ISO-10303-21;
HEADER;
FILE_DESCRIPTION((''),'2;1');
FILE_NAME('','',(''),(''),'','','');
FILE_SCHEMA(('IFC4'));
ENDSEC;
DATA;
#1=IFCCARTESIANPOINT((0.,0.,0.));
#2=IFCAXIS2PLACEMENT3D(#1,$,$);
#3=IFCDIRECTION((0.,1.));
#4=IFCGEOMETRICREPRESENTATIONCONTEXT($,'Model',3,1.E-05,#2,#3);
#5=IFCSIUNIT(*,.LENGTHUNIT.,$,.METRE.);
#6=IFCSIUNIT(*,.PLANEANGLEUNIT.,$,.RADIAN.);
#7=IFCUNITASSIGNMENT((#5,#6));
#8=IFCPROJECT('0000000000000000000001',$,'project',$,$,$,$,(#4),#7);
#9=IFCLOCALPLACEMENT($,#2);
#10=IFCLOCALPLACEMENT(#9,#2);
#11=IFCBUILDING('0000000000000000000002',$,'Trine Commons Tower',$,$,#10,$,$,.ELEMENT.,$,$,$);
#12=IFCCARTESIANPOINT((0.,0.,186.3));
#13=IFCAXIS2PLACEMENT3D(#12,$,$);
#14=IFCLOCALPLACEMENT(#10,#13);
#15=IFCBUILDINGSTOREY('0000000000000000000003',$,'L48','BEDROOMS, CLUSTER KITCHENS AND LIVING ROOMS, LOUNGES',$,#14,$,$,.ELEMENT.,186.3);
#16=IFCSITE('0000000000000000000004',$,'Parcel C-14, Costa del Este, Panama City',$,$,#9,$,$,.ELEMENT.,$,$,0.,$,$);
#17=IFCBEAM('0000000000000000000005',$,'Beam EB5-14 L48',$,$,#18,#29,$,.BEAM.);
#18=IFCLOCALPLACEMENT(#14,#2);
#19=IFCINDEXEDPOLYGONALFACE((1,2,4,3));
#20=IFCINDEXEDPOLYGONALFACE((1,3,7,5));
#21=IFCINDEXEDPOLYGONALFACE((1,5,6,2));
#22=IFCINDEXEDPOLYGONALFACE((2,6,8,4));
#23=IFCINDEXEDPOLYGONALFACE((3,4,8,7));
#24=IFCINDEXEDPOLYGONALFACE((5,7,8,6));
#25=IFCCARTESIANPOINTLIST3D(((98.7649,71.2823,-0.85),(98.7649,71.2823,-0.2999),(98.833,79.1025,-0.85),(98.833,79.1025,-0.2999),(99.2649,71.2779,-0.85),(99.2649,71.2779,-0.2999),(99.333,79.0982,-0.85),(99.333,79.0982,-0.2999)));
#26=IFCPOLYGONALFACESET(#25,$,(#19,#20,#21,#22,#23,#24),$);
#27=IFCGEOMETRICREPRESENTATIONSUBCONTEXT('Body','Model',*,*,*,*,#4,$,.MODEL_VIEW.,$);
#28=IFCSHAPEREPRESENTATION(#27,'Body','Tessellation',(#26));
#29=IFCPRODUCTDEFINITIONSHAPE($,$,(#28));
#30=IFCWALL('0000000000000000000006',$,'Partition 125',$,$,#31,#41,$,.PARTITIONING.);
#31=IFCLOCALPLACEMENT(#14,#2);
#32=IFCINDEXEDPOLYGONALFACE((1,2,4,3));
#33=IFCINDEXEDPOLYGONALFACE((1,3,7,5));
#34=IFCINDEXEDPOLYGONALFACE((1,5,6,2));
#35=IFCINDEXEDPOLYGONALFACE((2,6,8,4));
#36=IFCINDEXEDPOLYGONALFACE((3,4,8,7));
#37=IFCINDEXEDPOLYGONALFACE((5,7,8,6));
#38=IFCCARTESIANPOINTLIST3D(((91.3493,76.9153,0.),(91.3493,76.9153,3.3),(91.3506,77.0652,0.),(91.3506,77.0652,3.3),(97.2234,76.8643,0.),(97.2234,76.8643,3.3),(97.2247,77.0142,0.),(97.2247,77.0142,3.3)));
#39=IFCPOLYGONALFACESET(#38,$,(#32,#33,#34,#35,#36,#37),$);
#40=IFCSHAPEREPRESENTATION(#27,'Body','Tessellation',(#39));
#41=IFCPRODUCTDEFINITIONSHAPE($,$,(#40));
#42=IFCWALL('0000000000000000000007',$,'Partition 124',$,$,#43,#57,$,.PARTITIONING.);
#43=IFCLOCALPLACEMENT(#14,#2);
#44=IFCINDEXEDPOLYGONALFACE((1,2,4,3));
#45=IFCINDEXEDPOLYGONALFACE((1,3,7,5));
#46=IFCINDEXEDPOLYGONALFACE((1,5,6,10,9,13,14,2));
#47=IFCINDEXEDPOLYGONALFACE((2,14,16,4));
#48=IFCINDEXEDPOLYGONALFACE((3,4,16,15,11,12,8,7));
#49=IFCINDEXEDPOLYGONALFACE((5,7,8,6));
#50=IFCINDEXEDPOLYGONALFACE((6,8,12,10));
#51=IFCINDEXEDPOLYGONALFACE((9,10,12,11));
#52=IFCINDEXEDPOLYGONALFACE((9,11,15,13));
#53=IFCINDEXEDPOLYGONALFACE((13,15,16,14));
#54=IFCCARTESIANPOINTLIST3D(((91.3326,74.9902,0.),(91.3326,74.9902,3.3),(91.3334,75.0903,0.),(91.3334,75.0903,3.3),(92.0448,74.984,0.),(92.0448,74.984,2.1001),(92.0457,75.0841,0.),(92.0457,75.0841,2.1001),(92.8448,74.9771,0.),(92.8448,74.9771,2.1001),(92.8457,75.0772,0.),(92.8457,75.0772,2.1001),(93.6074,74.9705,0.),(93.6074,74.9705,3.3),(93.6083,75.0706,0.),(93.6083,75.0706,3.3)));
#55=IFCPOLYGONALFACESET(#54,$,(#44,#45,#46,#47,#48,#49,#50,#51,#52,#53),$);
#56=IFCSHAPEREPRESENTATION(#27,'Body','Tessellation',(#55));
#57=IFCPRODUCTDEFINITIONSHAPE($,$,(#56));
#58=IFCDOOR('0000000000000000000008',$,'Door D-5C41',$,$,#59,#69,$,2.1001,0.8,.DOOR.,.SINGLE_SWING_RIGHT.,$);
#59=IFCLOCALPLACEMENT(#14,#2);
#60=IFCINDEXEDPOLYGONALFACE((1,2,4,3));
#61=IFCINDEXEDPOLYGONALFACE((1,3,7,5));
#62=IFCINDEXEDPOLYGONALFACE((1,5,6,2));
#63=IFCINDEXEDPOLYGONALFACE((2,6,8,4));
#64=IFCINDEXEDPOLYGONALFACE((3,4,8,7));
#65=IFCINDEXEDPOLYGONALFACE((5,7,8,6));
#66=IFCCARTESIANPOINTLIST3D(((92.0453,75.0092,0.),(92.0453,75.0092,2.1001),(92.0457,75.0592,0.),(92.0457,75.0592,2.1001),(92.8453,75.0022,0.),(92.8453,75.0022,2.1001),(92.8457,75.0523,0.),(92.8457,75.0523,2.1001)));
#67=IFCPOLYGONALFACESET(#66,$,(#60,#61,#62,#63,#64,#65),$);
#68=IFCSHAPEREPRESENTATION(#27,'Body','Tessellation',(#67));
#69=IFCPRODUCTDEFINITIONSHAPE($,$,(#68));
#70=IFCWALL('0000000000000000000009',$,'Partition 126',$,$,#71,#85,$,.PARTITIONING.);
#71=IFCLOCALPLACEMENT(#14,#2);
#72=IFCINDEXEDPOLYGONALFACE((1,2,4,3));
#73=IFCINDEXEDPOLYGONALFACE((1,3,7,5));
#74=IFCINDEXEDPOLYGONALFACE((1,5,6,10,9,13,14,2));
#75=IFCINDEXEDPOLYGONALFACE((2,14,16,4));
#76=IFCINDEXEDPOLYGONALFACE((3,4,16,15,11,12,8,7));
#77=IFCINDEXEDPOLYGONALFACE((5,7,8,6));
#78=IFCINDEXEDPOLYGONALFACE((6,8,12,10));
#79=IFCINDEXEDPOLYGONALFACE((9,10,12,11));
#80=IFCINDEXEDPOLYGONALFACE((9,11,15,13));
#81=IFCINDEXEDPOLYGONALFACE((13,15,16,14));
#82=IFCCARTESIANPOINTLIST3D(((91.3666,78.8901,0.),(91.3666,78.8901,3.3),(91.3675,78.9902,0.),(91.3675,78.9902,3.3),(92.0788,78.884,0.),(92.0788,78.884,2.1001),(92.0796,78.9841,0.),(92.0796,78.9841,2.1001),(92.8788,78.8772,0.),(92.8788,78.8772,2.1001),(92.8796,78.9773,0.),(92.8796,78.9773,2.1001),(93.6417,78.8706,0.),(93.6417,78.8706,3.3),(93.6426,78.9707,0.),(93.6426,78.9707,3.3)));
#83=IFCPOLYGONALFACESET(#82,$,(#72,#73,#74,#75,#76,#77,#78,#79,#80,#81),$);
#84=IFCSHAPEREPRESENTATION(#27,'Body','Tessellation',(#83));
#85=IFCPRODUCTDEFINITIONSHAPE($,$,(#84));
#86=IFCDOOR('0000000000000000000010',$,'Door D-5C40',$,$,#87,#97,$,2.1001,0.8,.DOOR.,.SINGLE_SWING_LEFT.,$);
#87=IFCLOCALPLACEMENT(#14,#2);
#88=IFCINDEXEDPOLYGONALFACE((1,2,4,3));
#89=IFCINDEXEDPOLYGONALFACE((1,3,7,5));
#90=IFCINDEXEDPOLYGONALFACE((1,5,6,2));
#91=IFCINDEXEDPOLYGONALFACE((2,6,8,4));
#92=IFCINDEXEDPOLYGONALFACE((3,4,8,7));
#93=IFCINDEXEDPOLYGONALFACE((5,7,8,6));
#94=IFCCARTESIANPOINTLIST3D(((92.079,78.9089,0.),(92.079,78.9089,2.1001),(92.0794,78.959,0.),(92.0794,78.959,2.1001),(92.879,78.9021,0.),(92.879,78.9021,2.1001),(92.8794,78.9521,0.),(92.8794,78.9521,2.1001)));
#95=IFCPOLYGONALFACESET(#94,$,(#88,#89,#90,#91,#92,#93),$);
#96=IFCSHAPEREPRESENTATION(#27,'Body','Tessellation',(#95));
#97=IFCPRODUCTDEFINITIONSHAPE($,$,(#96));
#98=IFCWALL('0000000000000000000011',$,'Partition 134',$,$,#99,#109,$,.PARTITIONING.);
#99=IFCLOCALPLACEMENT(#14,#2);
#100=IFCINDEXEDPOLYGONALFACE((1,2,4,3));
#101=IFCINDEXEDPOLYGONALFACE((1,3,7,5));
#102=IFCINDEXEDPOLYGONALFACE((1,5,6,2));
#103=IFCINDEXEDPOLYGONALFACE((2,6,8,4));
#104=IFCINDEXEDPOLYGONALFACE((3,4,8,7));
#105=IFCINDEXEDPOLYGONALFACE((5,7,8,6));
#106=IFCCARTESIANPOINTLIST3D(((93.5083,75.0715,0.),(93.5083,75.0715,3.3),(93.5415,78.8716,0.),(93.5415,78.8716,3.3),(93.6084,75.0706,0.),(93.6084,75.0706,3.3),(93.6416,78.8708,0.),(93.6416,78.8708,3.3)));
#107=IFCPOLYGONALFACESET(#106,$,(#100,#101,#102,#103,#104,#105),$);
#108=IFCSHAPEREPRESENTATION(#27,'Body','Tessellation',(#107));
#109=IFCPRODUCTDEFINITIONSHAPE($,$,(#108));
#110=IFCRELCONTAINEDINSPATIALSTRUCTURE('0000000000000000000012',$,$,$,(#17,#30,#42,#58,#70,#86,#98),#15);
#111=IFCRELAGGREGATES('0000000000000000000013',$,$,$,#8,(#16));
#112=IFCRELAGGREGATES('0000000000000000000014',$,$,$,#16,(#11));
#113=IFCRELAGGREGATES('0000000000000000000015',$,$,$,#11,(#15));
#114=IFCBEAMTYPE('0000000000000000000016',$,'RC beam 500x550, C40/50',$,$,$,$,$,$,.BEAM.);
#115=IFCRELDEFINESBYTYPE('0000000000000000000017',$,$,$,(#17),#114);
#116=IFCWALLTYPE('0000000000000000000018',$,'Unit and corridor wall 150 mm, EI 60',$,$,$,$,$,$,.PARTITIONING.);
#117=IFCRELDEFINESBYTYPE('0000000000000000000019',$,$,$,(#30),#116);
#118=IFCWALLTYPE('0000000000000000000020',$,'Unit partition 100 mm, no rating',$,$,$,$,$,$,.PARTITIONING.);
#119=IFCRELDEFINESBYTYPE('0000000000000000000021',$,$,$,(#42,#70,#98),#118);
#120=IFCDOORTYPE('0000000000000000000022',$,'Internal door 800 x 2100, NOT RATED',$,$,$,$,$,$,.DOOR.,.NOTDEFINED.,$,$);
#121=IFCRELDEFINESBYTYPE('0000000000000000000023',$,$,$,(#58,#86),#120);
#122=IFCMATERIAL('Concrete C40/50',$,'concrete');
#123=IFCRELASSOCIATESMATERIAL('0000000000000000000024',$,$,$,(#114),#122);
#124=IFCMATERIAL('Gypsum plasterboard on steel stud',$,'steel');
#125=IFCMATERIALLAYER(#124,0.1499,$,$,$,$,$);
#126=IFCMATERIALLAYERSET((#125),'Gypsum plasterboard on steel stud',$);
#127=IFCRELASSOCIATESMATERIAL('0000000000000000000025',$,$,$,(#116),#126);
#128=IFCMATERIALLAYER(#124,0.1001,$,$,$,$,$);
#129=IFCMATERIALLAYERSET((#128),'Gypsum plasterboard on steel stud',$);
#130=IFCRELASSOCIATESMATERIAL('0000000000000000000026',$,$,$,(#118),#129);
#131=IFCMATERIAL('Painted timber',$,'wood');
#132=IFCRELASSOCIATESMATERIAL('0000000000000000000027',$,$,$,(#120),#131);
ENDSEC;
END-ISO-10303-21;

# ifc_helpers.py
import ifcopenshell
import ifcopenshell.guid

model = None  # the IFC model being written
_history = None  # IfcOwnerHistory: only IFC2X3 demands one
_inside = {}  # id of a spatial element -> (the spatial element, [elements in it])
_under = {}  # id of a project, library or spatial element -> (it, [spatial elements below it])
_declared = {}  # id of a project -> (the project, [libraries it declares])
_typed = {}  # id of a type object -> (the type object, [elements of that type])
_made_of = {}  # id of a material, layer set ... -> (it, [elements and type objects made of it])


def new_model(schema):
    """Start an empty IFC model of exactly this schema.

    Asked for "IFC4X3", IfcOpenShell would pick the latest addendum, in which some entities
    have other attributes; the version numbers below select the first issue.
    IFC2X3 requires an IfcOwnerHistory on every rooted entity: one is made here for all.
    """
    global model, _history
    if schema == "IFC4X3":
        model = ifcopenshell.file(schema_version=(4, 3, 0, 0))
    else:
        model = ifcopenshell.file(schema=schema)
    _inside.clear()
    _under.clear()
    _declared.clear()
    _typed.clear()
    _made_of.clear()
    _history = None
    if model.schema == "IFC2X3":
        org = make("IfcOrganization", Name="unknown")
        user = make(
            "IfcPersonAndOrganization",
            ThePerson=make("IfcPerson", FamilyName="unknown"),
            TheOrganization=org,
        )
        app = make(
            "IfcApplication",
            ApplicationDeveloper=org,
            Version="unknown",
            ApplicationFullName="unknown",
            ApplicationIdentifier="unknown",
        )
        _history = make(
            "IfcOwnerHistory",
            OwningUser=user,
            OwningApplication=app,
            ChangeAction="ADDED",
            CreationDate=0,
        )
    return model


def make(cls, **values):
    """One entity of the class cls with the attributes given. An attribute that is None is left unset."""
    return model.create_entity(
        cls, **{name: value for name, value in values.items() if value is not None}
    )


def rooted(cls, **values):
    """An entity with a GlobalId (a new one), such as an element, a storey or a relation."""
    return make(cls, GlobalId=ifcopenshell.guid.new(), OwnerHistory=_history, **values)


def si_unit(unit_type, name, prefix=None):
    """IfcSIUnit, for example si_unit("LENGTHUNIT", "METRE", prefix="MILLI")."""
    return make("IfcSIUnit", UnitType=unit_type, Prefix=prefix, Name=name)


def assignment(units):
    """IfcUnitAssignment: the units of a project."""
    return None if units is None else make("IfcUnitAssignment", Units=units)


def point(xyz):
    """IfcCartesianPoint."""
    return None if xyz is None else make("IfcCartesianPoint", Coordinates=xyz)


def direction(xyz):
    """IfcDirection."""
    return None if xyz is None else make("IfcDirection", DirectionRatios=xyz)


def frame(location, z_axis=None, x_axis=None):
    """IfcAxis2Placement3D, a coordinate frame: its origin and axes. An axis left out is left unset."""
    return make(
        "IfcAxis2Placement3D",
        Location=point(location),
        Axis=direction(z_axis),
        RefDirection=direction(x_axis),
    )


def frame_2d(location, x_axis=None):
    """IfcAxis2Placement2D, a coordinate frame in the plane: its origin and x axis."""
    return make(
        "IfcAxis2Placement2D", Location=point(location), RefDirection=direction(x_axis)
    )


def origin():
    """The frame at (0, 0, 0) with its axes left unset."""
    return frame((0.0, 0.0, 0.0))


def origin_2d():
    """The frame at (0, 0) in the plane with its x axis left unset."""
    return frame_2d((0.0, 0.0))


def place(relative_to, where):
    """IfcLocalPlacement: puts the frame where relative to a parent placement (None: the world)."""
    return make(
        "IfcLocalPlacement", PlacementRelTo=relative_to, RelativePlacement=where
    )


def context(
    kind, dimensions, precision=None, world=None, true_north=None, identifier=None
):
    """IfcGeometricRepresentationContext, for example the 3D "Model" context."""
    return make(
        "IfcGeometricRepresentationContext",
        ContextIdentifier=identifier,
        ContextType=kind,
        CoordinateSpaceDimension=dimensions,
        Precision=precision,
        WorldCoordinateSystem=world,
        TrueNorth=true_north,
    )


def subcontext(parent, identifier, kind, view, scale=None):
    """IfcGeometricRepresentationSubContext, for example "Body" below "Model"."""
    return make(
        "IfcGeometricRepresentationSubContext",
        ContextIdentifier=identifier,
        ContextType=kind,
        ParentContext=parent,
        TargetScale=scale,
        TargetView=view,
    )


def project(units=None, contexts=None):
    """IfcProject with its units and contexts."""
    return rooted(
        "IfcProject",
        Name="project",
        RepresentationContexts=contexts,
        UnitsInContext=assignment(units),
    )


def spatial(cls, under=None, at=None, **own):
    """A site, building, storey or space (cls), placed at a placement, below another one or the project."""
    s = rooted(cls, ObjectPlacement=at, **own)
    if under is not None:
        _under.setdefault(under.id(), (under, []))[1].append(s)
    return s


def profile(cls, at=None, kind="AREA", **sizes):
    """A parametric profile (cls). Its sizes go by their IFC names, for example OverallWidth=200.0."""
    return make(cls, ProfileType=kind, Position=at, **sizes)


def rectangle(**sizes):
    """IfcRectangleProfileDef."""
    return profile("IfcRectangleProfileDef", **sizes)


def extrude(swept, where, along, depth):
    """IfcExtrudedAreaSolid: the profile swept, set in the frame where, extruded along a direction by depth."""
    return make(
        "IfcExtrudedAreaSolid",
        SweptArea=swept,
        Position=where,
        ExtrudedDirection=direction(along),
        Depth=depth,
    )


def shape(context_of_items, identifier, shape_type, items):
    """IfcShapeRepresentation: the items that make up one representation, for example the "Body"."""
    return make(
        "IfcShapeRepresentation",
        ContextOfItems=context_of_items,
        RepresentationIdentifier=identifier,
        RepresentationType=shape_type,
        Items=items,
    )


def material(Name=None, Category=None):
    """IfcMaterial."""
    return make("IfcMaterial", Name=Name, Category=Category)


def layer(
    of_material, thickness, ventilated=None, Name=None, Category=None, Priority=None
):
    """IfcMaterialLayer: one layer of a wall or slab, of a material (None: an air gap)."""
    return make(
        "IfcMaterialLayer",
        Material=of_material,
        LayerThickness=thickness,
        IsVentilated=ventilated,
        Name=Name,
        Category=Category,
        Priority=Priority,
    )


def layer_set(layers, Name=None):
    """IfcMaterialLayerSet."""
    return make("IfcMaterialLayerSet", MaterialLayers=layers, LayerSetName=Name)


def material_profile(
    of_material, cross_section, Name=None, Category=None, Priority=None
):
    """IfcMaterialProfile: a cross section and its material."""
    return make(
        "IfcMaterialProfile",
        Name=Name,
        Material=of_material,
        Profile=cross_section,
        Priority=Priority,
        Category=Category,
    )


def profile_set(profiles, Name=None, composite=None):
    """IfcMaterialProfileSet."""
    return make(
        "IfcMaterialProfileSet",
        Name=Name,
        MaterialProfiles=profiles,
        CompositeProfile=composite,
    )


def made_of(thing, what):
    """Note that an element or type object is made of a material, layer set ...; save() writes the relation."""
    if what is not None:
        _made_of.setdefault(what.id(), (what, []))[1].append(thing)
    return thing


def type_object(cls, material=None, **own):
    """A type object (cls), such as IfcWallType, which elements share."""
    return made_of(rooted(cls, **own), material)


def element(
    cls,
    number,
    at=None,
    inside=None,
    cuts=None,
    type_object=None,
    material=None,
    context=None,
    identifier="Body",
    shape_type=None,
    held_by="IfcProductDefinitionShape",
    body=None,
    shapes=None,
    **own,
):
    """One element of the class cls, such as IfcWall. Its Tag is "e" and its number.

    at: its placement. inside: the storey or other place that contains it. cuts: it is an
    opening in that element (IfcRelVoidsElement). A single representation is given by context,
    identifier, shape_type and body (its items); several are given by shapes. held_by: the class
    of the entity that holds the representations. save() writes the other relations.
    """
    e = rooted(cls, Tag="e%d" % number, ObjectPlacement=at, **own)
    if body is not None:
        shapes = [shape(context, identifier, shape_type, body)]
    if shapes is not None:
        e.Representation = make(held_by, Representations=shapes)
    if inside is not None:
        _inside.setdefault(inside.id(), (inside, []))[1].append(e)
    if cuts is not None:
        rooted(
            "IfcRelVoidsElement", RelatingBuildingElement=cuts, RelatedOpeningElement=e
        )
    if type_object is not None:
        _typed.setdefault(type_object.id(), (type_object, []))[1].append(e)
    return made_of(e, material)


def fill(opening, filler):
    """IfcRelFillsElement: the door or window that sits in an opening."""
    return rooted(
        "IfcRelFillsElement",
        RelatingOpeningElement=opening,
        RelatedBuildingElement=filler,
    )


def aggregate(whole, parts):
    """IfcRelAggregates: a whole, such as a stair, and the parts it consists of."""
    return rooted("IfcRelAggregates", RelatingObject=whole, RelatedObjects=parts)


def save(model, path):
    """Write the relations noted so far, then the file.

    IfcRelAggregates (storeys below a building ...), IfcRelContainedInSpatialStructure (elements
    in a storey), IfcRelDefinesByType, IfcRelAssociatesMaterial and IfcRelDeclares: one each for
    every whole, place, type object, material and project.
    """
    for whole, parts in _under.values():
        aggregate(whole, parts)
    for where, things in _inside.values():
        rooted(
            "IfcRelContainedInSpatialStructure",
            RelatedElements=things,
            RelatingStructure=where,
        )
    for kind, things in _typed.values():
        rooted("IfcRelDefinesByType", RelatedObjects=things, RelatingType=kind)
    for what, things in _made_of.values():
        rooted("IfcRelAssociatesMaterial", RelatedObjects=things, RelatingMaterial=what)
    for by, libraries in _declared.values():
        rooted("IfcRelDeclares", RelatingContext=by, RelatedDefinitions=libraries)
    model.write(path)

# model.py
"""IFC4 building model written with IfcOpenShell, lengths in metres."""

from ifc_helpers import new_model, si_unit, direction, frame, frame_2d, origin, origin_2d, place, context, subcontext, project, spatial, rectangle, extrude, material, layer, layer_set, material_profile, profile_set, type_object, element, fill, save


model = new_model("IFC4")

# Units and contexts
model_context = context("Model", 3, precision=1e-05, world=origin(), true_north=direction((0.0, 1.0)))
body_context = subcontext(model_context, "Body", "Model", "MODEL_VIEW")
ifc_project = project(units=[si_unit("LENGTHUNIT", "METRE"), si_unit("PLANEANGLEUNIT", "RADIAN")], contexts=[model_context])

# Site, building, storey
site_placement = place(None, origin())
site = spatial("IfcSite", under=ifc_project, at=site_placement, Name="Parcel C-14, Costa del Este, Panama City", CompositionType="ELEMENT", RefElevation=0.0)
building_placement = place(site_placement, origin())
building = spatial("IfcBuilding", under=site, at=building_placement, Name="Trine Commons Tower", CompositionType="ELEMENT")
storey_placement = place(building_placement, frame((0.0, 0.0, 186.3)))
storey = spatial("IfcBuildingStorey", under=building, at=storey_placement, Name="L48", Description="BEDROOMS, CLUSTER KITCHENS AND LIVING ROOMS, LOUNGES", CompositionType="ELEMENT", Elevation=186.3)

# Beam
ifc_material_1 = material(Name="Concrete C40/50", Category="concrete")
ifc_material_profile = material_profile(ifc_material_1, rectangle(XDim=0.5, YDim=0.55, at=origin_2d()), Name="RC 500x550")
ifc_profile_set = profile_set([ifc_material_profile], Name="Concrete C40/50")
beam_type = type_object("IfcBeamType", Name="RC beam 500x550, C40/50", PredefinedType="BEAM", material=ifc_profile_set)
beam_placement = place(storey_placement, frame((99.083, 79.1003, -0.575), z_axis=(-0.00871, -0.999962, 0.0), x_axis=(0.999962, -0.00871, 0.0)))
element("IfcBeam", 1, at=beam_placement, inside=storey, type_object=beam_type, Name="Beam EB5-14 L48", PredefinedType="BEAM", context=body_context, shape_type="SweptSolid", body=[
    extrude(rectangle(XDim=0.5, YDim=0.55, at=origin_2d()), origin(), (0.0, 0.0, 1.0), 7.8206),
])

# Wall
ifc_material_2 = material(Name="Gypsum plasterboard on steel stud", Category="steel")
ifc_layer_1 = layer(ifc_material_2, 0.1499)
ifc_layer_set_1 = layer_set([ifc_layer_1], Name="Gypsum plasterboard on steel stud")
wall_type_1 = type_object("IfcWallType", Name="Unit and corridor wall 150 mm, EI 60", PredefinedType="PARTITIONING", material=ifc_layer_set_1)
wall_1_placement = place(storey_placement, frame((91.3501, 76.9902, 0.0), z_axis=(0.0, 0.0, 1.0), x_axis=(0.999962, -0.008686, 0.0)))
element("IfcWall", 2, at=wall_1_placement, inside=storey, type_object=wall_type_1, Name="Partition 125", PredefinedType="PARTITIONING", context=body_context, shape_type="SweptSolid", body=[
    extrude(rectangle(XDim=5.8743, YDim=0.1499, at=frame_2d((2.937, 0.0))), origin(), (0.0, 0.0, 1.0), 3.3),
])

# Walls, openings, doors
ifc_layer_2 = layer(ifc_material_2, 0.1001)
ifc_layer_set_2 = layer_set([ifc_layer_2], Name="Gypsum plasterboard on steel stud")
wall_type_2 = type_object("IfcWallType", Name="Unit partition 100 mm, no rating", PredefinedType="PARTITIONING", material=ifc_layer_set_2)
wall_2_placement = place(storey_placement, frame((91.333, 75.0403, 0.0), z_axis=(0.0, 0.0, 1.0), x_axis=(0.999962, -0.008693, 0.0)))
wall_2 = element("IfcWall", 3, at=wall_2_placement, inside=storey, type_object=wall_type_2, Name="Partition 124", PredefinedType="PARTITIONING", context=body_context, shape_type="SweptSolid", body=[
    extrude(rectangle(XDim=2.2749, YDim=0.1001, at=frame_2d((1.1375, 0.0))), origin(), (0.0, 0.0, 1.0), 3.3),
])
opening_1_placement = place(wall_2_placement, frame((0.7124, 0.0, 0.0)))
opening_1 = element("IfcOpeningElement", 4, at=opening_1_placement, cuts=wall_2, PredefinedType="OPENING", context=body_context, shape_type="SweptSolid", body=[
    extrude(rectangle(XDim=0.8, YDim=2.1001, at=frame_2d((0.3999, 1.05))), frame((0.0, 0.0601, 0.0), z_axis=(0.0, -1.0, 0.0), x_axis=(1.0, 0.0, 0.0)), (0.0, 0.0, 1.0), 0.1201),
])
ifc_material_3 = material(Name="Painted timber", Category="wood")
door_type = type_object("IfcDoorType", Name="Internal door 800 x 2100, NOT RATED", OperationType="NOTDEFINED", PredefinedType="DOOR", material=ifc_material_3)
door_1_placement = place(opening_1_placement, frame((0.8, 0.0, 0.0), z_axis=(0.0, 0.0, 1.0), x_axis=(-1.0, 0.0, 0.0)))
door_1 = element("IfcDoor", 5, at=door_1_placement, inside=storey, type_object=door_type, Name="Door D-5C41", OperationType="SINGLE_SWING_RIGHT", OverallHeight=2.1001, OverallWidth=0.8, PredefinedType="DOOR", context=body_context, shape_type="SweptSolid", body=[
    extrude(rectangle(XDim=0.8, YDim=2.1001, at=frame_2d((0.3999, 1.05))), frame((0.0, 0.0249, 0.0), z_axis=(0.0, -1.0, 0.0), x_axis=(1.0, 0.0, 0.0)), (0.0, 0.0, 1.0), 0.05),
])
fill(opening_1, door_1)
wall_3_placement = place(storey_placement, frame((91.3669, 78.9402, 0.0), z_axis=(0.0, 0.0, 1.0), x_axis=(0.999963, -0.008584, 0.0)))
wall_3 = element("IfcWall", 6, at=wall_3_placement, inside=storey, type_object=wall_type_2, Name="Partition 126", PredefinedType="PARTITIONING", context=body_context, shape_type="SweptSolid", body=[
    extrude(rectangle(XDim=2.2751, YDim=0.1001, at=frame_2d((1.1377, 0.0))), origin(), (0.0, 0.0, 1.0), 3.3),
])
opening_2_placement = place(wall_3_placement, frame((0.7124, 0.0, 0.0)))
opening_2 = element("IfcOpeningElement", 7, at=opening_2_placement, cuts=wall_3, PredefinedType="OPENING", context=body_context, shape_type="SweptSolid", body=[
    extrude(rectangle(XDim=0.8, YDim=2.1001, at=frame_2d((0.3999, 1.05))), frame((0.0, 0.0601, 0.0), z_axis=(0.0, -1.0, 0.0), x_axis=(1.0, 0.0, 0.0)), (0.0, 0.0, 1.0), 0.1201),
])
door_2_placement = place(opening_2_placement, origin())
door_2 = element("IfcDoor", 8, at=door_2_placement, inside=storey, type_object=door_type, Name="Door D-5C40", OperationType="SINGLE_SWING_LEFT", OverallHeight=2.1001, OverallWidth=0.8, PredefinedType="DOOR", context=body_context, shape_type="SweptSolid", body=[
    extrude(rectangle(XDim=0.8, YDim=2.1001, at=frame_2d((0.3999, 1.05))), frame((0.0, 0.0249, 0.0), z_axis=(0.0, -1.0, 0.0), x_axis=(1.0, 0.0, 0.0)), (0.0, 0.0, 1.0), 0.05),
])
fill(opening_2, door_2)

# Wall
wall_4_placement = place(storey_placement, frame((93.5583, 75.071, 0.0), z_axis=(0.0, 0.0, 1.0), x_axis=(0.008737, 0.999962, 0.0)))
element("IfcWall", 9, at=wall_4_placement, inside=storey, type_object=wall_type_2, Name="Partition 134", PredefinedType="PARTITIONING", context=body_context, shape_type="SweptSolid", body=[
    extrude(rectangle(XDim=3.8003, YDim=0.1001, at=frame_2d((1.9001, 0.0))), origin(), (0.0, 0.0, 1.0), 3.3),
])

save(model, "model.ifc")
